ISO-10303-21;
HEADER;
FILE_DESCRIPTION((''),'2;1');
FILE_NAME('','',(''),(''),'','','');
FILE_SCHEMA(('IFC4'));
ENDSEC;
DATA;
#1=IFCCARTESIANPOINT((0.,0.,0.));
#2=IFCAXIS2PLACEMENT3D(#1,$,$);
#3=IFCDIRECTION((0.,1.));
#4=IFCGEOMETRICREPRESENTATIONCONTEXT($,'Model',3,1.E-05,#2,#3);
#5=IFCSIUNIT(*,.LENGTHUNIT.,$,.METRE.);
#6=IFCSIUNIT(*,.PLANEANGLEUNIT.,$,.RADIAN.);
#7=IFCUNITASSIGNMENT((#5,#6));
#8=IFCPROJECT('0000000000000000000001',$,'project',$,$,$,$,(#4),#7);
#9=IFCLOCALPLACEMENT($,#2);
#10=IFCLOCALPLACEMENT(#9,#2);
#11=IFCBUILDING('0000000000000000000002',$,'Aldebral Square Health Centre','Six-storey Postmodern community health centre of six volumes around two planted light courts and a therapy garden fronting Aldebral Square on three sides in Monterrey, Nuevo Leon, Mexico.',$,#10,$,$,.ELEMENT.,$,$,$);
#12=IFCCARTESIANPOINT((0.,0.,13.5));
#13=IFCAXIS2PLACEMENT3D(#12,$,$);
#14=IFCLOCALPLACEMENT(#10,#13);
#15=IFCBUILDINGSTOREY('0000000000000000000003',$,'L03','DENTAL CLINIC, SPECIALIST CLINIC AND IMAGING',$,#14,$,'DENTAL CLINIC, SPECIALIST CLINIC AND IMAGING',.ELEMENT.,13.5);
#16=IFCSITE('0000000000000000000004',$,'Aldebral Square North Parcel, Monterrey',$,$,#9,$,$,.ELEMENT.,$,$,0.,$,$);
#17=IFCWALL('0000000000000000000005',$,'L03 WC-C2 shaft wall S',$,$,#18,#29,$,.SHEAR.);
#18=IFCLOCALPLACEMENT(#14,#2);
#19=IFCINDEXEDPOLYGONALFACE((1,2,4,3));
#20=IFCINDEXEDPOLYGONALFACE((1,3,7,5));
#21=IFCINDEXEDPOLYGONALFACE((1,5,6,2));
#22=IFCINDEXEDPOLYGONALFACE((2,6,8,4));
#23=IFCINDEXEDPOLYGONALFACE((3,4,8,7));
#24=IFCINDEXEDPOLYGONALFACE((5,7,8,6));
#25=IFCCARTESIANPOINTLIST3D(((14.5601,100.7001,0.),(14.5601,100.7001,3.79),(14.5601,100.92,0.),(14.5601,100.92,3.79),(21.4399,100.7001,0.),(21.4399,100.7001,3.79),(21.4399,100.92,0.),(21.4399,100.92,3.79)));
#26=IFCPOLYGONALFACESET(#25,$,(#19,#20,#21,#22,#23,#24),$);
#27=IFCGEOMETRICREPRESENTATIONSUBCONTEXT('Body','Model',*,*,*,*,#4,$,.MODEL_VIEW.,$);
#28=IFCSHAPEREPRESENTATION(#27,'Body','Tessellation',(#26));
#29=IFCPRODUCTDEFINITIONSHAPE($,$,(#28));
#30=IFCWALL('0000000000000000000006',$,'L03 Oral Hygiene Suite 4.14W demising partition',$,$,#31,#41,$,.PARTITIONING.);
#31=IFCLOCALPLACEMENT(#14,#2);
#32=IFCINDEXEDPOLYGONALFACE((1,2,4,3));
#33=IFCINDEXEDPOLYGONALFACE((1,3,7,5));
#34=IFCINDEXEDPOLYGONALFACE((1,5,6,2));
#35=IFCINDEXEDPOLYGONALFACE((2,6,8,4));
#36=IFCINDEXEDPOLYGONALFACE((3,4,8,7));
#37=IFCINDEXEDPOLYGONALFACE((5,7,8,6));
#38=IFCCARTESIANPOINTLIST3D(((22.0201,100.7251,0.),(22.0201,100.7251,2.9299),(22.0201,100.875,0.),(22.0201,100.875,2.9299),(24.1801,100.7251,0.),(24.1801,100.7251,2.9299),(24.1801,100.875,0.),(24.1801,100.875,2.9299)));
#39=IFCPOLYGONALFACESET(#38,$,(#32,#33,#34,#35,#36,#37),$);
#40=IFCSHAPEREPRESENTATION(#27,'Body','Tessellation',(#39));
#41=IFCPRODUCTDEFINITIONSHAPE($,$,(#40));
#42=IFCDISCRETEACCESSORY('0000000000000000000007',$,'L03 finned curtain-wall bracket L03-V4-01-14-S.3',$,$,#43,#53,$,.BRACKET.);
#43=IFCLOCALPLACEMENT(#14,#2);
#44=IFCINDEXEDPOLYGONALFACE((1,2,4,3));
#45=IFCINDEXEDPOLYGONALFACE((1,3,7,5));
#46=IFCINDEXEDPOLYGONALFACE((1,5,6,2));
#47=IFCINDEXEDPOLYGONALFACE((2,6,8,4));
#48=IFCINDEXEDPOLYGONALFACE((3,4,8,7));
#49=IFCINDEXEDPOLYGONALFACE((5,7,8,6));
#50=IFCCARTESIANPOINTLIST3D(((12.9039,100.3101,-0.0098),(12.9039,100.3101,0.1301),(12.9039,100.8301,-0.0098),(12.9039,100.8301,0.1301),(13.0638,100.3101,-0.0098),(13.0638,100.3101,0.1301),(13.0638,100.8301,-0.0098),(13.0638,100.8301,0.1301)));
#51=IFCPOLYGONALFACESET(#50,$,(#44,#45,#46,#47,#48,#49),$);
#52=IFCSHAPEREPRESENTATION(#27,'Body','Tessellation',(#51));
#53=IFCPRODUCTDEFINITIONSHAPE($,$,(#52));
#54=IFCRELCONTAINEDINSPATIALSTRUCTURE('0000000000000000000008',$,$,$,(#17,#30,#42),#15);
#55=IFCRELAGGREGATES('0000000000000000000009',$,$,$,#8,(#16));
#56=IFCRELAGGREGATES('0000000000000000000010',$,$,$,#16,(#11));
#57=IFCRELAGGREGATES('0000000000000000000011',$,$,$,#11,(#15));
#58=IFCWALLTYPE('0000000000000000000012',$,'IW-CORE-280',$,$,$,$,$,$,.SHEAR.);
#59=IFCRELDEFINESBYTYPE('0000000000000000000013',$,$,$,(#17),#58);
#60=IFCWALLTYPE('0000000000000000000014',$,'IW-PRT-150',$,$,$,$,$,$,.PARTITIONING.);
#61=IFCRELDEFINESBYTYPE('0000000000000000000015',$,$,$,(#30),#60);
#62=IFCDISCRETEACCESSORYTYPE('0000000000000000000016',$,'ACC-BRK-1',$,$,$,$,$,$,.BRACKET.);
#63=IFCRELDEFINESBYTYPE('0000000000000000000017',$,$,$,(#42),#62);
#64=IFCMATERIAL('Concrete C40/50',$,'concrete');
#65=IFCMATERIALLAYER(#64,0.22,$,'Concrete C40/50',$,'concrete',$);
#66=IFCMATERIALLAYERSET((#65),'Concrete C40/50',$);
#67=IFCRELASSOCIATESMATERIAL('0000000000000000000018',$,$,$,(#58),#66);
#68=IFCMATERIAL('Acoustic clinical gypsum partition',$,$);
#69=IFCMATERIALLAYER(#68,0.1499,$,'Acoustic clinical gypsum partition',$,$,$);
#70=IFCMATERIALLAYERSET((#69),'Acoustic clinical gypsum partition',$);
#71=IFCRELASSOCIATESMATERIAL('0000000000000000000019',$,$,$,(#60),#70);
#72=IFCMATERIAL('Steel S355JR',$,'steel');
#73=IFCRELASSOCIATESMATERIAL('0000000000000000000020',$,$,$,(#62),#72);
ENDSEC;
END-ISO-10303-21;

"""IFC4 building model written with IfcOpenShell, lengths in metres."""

from ifc_helpers import new_model, si_unit, direction, frame, frame_2d, origin, origin_2d, place, context, subcontext, project, spatial, rectangle, extrude, material, layer, layer_set, type_object, element, save


model = new_model("IFC4")

# Units and contexts
model_context = context("Model", 3, precision=1e-05, world=origin(), true_north=direction((0.0, 1.0)))
body_context = subcontext(model_context, "Body", "Model", "MODEL_VIEW")
ifc_project = project(units=[si_unit("LENGTHUNIT", "METRE"), si_unit("PLANEANGLEUNIT", "RADIAN")], contexts=[model_context])

# Site, building, storey
site_placement = place(None, origin())
site = spatial("IfcSite", under=ifc_project, at=site_placement, Name="Aldebral Square North Parcel, Monterrey", CompositionType="ELEMENT", RefElevation=0.0)
building_placement = place(site_placement, origin())
building = spatial("IfcBuilding", under=site, at=building_placement, Name="Aldebral Square Health Centre", Description="Six-storey Postmodern community health centre of six volumes around two planted light courts and a therapy garden fronting Aldebral Square on three sides in Monterrey, Nuevo Leon, Mexico.", CompositionType="ELEMENT")
storey_placement = place(building_placement, frame((0.0, 0.0, 13.5)))
storey = spatial("IfcBuildingStorey", under=building, at=storey_placement, Name="L03", Description="DENTAL CLINIC, SPECIALIST CLINIC AND IMAGING", LongName="DENTAL CLINIC, SPECIALIST CLINIC AND IMAGING", CompositionType="ELEMENT", Elevation=13.5)

# Shared definitions
ifc_material_1 = material(Name="Concrete C40/50", Category="concrete")

# Walls
ifc_layer_1 = layer(ifc_material_1, 0.22, Name="Concrete C40/50", Category="concrete")
ifc_layer_set_1 = layer_set([ifc_layer_1], Name="Concrete C40/50")
wall_type_1 = type_object("IfcWallType", Name="IW-CORE-280", PredefinedType="SHEAR", material=ifc_layer_set_1)
wall_1_placement = place(storey_placement, frame((14.5601, 100.8101, 0.0), z_axis=(0.0, 0.0, 1.0), x_axis=(1.0, 0.0, 0.0)))
element("IfcWall", 1, at=wall_1_placement, inside=storey, type_object=wall_type_1, Name="L03 WC-C2 shaft wall S", PredefinedType="SHEAR", context=body_context, shape_type="SweptSolid", body=[
    extrude(rectangle(XDim=6.8799, YDim=0.22, at=frame_2d((3.4399, 0.0))), origin(), (0.0, 0.0, 1.0), 3.79),
])
ifc_material_2 = material(Name="Acoustic clinical gypsum partition")
ifc_layer_2 = layer(ifc_material_2, 0.1499, Name="Acoustic clinical gypsum partition")
ifc_layer_set_2 = layer_set([ifc_layer_2], Name="Acoustic clinical gypsum partition")
wall_type_2 = type_object("IfcWallType", Name="IW-PRT-150", PredefinedType="PARTITIONING", material=ifc_layer_set_2)
wall_2_placement = place(storey_placement, frame((22.02, 100.8, 0.0), z_axis=(0.0, 0.0, 1.0), x_axis=(1.0, 0.0, 0.0)))
element("IfcWall", 2, at=wall_2_placement, inside=storey, type_object=wall_type_2, Name="L03 Oral Hygiene Suite 4.14W demising partition", PredefinedType="PARTITIONING", context=body_context, shape_type="SweptSolid", body=[
    extrude(rectangle(XDim=2.1599, YDim=0.1499, at=frame_2d((1.0801, 0.0))), origin(), (0.0, 0.0, 1.0), 2.9299),
])

# Discrete accessory
ifc_material_3 = material(Name="Steel S355JR", Category="steel")
discrete_accessory_type = type_object("IfcDiscreteAccessoryType", Name="ACC-BRK-1", PredefinedType="BRACKET", material=ifc_material_3)
discrete_accessory_placement = place(storey_placement, frame((12.9839, 100.5701, -0.0098), z_axis=(0.0, 0.0, 1.0), x_axis=(1.0, 0.0, 0.0)))
element("IfcDiscreteAccessory", 3, at=discrete_accessory_placement, inside=storey, type_object=discrete_accessory_type, Name="L03 finned curtain-wall bracket L03-V4-01-14-S.3", PredefinedType="BRACKET", context=body_context, shape_type="SweptSolid", body=[
    extrude(rectangle(XDim=0.1599, YDim=0.52, at=origin_2d()), origin(), (0.0, 0.0, 1.0), 0.1399),
])

save(model, "model.ifc")
